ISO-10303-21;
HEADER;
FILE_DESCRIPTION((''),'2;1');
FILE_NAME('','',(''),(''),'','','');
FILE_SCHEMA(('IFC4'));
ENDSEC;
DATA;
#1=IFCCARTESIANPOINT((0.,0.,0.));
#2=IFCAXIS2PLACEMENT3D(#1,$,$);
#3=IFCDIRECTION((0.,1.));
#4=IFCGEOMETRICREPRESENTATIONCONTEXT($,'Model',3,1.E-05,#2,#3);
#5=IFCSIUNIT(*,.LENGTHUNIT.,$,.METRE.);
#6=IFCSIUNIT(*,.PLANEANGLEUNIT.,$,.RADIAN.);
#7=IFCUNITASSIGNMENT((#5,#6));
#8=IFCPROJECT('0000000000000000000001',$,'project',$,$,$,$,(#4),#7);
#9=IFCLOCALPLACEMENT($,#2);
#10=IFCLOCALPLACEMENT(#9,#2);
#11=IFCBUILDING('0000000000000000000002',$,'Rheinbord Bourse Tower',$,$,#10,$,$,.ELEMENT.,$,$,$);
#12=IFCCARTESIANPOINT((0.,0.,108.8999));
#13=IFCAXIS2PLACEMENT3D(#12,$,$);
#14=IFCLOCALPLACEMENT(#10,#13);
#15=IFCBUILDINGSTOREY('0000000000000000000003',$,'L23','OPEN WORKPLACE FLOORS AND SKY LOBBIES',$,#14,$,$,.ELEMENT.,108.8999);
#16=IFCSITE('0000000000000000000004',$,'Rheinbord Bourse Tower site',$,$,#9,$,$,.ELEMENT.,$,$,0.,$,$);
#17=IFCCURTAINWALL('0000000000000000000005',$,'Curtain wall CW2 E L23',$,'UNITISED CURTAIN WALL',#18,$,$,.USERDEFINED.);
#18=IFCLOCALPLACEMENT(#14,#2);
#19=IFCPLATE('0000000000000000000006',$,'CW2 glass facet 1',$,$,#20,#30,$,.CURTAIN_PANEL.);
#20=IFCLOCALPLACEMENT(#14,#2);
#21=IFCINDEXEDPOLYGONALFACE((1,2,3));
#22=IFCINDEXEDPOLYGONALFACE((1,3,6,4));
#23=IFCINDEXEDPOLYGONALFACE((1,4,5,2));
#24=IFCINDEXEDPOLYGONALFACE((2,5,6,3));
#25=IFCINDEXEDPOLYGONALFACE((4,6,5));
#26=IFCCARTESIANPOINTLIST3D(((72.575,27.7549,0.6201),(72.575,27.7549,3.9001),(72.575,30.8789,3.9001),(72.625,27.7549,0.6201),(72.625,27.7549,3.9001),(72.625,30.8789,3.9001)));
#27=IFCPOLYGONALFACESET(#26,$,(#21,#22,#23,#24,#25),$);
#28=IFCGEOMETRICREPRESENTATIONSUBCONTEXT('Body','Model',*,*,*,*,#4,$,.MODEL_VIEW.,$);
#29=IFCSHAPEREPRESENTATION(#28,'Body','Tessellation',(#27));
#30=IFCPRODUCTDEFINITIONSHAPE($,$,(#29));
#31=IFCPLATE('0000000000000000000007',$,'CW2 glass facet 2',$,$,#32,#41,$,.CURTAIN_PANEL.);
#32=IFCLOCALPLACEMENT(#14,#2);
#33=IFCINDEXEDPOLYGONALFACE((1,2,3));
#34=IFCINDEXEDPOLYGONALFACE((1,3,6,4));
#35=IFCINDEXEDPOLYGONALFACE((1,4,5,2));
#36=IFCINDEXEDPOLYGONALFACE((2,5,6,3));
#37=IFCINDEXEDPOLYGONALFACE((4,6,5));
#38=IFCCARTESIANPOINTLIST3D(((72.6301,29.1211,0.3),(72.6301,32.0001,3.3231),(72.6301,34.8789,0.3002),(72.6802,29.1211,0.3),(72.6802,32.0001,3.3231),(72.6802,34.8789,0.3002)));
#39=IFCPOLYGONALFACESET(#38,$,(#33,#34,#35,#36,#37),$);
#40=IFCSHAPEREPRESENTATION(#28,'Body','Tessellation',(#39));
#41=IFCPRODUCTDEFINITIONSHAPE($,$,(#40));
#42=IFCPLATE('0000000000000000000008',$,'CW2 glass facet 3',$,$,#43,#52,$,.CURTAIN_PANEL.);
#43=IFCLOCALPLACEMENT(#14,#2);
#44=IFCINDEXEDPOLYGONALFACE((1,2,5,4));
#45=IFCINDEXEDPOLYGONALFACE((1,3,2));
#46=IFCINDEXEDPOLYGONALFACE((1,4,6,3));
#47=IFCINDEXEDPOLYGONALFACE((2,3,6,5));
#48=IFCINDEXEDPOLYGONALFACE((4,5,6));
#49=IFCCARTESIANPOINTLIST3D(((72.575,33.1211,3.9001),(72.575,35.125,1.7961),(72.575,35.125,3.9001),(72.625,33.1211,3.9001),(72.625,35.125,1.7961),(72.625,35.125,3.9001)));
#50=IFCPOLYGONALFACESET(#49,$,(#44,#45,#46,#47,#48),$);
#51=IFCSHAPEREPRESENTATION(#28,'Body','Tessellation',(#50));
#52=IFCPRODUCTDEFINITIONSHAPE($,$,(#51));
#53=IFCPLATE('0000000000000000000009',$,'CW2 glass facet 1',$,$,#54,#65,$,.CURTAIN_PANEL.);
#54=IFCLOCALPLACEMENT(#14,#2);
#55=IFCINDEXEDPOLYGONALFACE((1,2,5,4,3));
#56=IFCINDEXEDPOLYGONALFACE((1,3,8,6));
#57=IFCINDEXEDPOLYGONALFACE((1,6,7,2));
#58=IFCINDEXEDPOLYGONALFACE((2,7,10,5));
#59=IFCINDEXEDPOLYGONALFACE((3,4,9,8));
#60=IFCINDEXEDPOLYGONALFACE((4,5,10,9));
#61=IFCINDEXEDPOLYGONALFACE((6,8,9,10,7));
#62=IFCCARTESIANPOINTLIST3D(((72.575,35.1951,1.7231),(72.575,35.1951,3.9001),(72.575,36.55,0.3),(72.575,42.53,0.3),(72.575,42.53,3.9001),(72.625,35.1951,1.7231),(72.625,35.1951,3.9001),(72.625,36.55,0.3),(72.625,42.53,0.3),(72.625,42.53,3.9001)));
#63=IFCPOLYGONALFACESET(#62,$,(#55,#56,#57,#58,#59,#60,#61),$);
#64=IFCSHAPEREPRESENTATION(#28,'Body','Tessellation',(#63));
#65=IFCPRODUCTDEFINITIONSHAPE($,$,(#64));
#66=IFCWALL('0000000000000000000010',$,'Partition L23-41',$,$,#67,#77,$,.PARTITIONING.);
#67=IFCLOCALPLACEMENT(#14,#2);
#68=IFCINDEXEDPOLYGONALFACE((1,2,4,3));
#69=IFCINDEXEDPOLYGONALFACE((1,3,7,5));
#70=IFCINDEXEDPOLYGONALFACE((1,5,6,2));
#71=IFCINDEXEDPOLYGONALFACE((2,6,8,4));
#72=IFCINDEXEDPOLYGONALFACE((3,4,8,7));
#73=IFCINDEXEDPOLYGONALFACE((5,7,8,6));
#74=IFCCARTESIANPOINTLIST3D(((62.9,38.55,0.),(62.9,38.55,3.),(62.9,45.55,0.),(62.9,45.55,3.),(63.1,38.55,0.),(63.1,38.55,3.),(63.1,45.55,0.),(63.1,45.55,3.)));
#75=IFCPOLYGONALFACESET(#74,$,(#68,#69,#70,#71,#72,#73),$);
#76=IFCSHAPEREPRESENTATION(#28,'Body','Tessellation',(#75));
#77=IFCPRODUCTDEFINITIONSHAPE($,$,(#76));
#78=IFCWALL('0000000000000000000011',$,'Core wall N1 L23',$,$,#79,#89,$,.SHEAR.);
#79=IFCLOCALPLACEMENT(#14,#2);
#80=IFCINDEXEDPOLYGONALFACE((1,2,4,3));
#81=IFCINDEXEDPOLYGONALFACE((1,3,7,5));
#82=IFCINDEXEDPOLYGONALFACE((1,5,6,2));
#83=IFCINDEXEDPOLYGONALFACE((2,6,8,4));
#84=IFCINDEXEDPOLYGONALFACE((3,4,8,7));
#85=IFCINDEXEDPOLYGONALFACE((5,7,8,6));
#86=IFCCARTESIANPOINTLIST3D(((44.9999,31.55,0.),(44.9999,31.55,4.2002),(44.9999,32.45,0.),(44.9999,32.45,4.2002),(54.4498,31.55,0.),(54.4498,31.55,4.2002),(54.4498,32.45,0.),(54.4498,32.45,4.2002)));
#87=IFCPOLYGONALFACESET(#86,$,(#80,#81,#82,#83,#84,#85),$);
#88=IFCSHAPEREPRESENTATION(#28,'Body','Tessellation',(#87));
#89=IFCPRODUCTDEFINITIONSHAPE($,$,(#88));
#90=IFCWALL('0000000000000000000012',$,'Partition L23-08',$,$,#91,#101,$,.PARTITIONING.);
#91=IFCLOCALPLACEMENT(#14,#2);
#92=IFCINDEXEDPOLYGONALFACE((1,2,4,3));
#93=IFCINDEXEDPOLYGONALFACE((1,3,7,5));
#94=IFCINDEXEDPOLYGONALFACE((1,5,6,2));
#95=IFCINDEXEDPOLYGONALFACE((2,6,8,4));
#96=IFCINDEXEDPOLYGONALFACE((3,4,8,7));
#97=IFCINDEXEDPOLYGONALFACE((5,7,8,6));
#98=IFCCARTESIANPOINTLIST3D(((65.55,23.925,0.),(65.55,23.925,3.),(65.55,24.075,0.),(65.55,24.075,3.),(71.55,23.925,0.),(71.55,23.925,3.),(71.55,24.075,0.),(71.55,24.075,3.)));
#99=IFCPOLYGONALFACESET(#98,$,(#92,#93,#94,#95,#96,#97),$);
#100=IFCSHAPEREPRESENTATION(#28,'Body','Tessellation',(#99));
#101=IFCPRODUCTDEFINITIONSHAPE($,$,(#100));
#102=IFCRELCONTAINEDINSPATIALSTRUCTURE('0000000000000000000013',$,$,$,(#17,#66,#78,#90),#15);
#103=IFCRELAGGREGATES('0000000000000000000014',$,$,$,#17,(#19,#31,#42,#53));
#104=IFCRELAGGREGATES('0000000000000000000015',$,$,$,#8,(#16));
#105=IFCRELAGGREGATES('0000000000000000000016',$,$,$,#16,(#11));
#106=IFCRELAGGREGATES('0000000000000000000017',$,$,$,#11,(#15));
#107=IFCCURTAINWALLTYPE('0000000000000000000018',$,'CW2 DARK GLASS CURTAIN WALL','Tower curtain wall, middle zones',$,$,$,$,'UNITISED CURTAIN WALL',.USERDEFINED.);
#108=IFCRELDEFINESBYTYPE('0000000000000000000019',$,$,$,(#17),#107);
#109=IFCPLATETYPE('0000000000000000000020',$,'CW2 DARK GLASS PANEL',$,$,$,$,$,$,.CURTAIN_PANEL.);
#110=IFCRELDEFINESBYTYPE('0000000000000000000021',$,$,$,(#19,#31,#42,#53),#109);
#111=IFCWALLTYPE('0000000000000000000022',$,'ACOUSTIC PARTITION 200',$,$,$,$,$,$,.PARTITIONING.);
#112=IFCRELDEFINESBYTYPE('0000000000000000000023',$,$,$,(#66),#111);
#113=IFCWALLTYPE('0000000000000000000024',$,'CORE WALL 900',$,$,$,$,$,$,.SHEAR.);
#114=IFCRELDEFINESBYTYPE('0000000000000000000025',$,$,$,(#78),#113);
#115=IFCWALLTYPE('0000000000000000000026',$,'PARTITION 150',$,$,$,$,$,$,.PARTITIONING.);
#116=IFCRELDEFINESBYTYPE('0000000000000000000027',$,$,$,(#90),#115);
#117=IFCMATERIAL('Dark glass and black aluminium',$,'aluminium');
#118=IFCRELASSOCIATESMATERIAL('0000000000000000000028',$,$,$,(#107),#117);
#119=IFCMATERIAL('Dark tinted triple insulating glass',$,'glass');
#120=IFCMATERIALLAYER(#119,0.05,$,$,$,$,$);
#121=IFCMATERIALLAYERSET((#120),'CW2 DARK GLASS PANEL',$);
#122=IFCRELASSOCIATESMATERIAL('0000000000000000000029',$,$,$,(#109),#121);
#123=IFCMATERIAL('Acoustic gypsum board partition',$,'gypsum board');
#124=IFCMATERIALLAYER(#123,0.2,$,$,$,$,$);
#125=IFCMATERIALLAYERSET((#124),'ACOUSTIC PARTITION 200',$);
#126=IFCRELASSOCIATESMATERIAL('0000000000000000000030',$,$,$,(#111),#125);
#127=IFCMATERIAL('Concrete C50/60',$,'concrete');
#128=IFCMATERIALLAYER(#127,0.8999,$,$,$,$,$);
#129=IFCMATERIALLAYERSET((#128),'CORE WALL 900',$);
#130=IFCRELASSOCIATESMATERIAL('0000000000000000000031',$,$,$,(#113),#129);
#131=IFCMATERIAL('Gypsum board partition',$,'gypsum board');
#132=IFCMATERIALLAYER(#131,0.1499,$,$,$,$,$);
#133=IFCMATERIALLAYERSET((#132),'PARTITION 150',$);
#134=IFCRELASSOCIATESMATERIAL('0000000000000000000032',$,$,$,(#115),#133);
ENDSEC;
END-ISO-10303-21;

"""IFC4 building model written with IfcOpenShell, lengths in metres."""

from ifc_helpers import new_model, si_unit, direction, frame, frame_2d, origin, place, context, subcontext, project, spatial, polyline, rectangle, outline, extrude, material, layer, layer_set, type_object, element, aggregate, save


model = new_model("IFC4")

# Units and contexts
model_context = context("Model", 3, precision=1e-05, world=origin(), true_north=direction((0.0, 1.0)))
body_context = subcontext(model_context, "Body", "Model", "MODEL_VIEW")
ifc_project = project(units=[si_unit("LENGTHUNIT", "METRE"), si_unit("PLANEANGLEUNIT", "RADIAN")], contexts=[model_context])

# Site, building, storey
site_placement = place(None, origin())
site = spatial("IfcSite", under=ifc_project, at=site_placement, Name="Rheinbord Bourse Tower site", CompositionType="ELEMENT", RefElevation=0.0)
building_placement = place(site_placement, origin())
building = spatial("IfcBuilding", under=site, at=building_placement, Name="Rheinbord Bourse Tower", CompositionType="ELEMENT")
storey_placement = place(building_placement, frame((0.0, 0.0, 108.8999)))
storey = spatial("IfcBuildingStorey", under=building, at=storey_placement, Name="L23", Description="OPEN WORKPLACE FLOORS AND SKY LOBBIES", CompositionType="ELEMENT", Elevation=108.8999)

# Curtain wall
ifc_material_1 = material(Name="Dark glass and black aluminium", Category="aluminium")
curtain_wall_type = type_object("IfcCurtainWallType", Name="CW2 DARK GLASS CURTAIN WALL", Description="Tower curtain wall, middle zones", ElementType="UNITISED CURTAIN WALL", PredefinedType="USERDEFINED", material=ifc_material_1)
curtain_wall_placement = place(storey_placement, origin())
curtain_wall = element("IfcCurtainWall", 1, at=curtain_wall_placement, inside=storey, type_object=curtain_wall_type, Name="Curtain wall CW2 E L23", ObjectType="UNITISED CURTAIN WALL", PredefinedType="USERDEFINED")

# Plates
ifc_material_2 = material(Name="Dark tinted triple insulating glass", Category="glass")
ifc_layer_1 = layer(ifc_material_2, 0.05)
ifc_layer_set_1 = layer_set([ifc_layer_1], Name="CW2 DARK GLASS PANEL")
plate_type = type_object("IfcPlateType", Name="CW2 DARK GLASS PANEL", PredefinedType="CURTAIN_PANEL", material=ifc_layer_set_1)
plate_1_placement = place(storey_placement, frame((72.625, 27.7549, 3.9001), z_axis=(-1.0, 0.0, 0.0), x_axis=(0.0, 1.0, 0.0)))
plate_1 = element("IfcPlate", 2, at=plate_1_placement, type_object=plate_type, Name="CW2 glass facet 1", PredefinedType="CURTAIN_PANEL", context=body_context, shape_type="SweptSolid", body=[
    extrude(outline(polyline([(0.0, 0.0), (3.124, 0.0), (0.0, 3.28), (0.0, 0.0)])), origin(), (0.0, 0.0, 1.0), 0.05),
])
plate_2_placement = place(storey_placement, frame((72.6802, 29.1211, 0.3), z_axis=(-1.0, 0.0, 0.0), x_axis=(0.0, 0.689643, 0.724149)))
plate_2 = element("IfcPlate", 3, at=plate_2_placement, type_object=plate_type, Name="CW2 glass facet 2", PredefinedType="CURTAIN_PANEL", context=body_context, shape_type="SweptSolid", body=[
    extrude(outline(polyline([(0.0, 0.0), (4.1746, 0.0), (3.9709, 4.1694), (0.0, 0.0)])), origin(), (0.0, 0.0, 1.0), 0.05),
])
plate_3_placement = place(storey_placement, frame((72.625, 35.125, 3.9001), z_axis=(-1.0, 0.0, 0.0), x_axis=(0.0, 0.0, -1.0)))
plate_3 = element("IfcPlate", 4, at=plate_3_placement, type_object=plate_type, Name="CW2 glass facet 3", PredefinedType="CURTAIN_PANEL", context=body_context, shape_type="SweptSolid", body=[
    extrude(outline(polyline([(0.0, 0.0), (2.104, 0.0), (0.0, 2.0039), (0.0, 0.0)])), origin(), (0.0, 0.0, 1.0), 0.05),
])
plate_4_placement = place(storey_placement, frame((72.625, 35.1951, 3.9001), z_axis=(-1.0, 0.0, 0.0), x_axis=(0.0, 1.0, 0.0)))
plate_4 = element("IfcPlate", 5, at=plate_4_placement, type_object=plate_type, Name="CW2 glass facet 1", PredefinedType="CURTAIN_PANEL", context=body_context, shape_type="SweptSolid", body=[
    extrude(outline(polyline([(0.0, 0.0), (7.335, 0.0), (7.335, 3.6001), (1.355, 3.6001), (0.0, 2.177), (0.0, 0.0)])), origin(), (0.0, 0.0, 1.0), 0.05),
])
aggregate(curtain_wall, [plate_1, plate_2, plate_3, plate_4])

# Walls
ifc_material_3 = material(Name="Acoustic gypsum board partition", Category="gypsum board")
ifc_layer_2 = layer(ifc_material_3, 0.2)
ifc_layer_set_2 = layer_set([ifc_layer_2], Name="ACOUSTIC PARTITION 200")
wall_type_1 = type_object("IfcWallType", Name="ACOUSTIC PARTITION 200", PredefinedType="PARTITIONING", material=ifc_layer_set_2)
wall_1_placement = place(storey_placement, frame((63.0, 38.55, 0.0), z_axis=(0.0, 0.0, 1.0), x_axis=(0.0, 1.0, 0.0)))
element("IfcWall", 6, at=wall_1_placement, inside=storey, type_object=wall_type_1, Name="Partition L23-41", PredefinedType="PARTITIONING", context=body_context, shape_type="SweptSolid", body=[
    extrude(rectangle(XDim=7.0, YDim=0.2, at=frame_2d((3.5, 0.0))), origin(), (0.0, 0.0, 1.0), 3.0),
])
ifc_material_4 = material(Name="Concrete C50/60", Category="concrete")
ifc_layer_3 = layer(ifc_material_4, 0.8999)
ifc_layer_set_3 = layer_set([ifc_layer_3], Name="CORE WALL 900")
wall_type_2 = type_object("IfcWallType", Name="CORE WALL 900", PredefinedType="SHEAR", material=ifc_layer_set_3)
wall_2_placement = place(storey_placement, frame((54.45, 32.0, 0.0), z_axis=(0.0, 0.0, 1.0), x_axis=(-1.0, 0.0, 0.0)))
element("IfcWall", 7, at=wall_2_placement, inside=storey, type_object=wall_type_2, Name="Core wall N1 L23", PredefinedType="SHEAR", context=body_context, shape_type="SweptSolid", body=[
    extrude(rectangle(XDim=9.45, YDim=0.8999, at=frame_2d((4.7251, 0.0))), origin(), (0.0, 0.0, 1.0), 4.2002),
])
ifc_material_5 = material(Name="Gypsum board partition", Category="gypsum board")
ifc_layer_4 = layer(ifc_material_5, 0.1499)
ifc_layer_set_4 = layer_set([ifc_layer_4], Name="PARTITION 150")
wall_type_3 = type_object("IfcWallType", Name="PARTITION 150", PredefinedType="PARTITIONING", material=ifc_layer_set_4)
wall_3_placement = place(storey_placement, frame((65.55, 24.0, 0.0), z_axis=(0.0, 0.0, 1.0), x_axis=(1.0, 0.0, 0.0)))
element("IfcWall", 8, at=wall_3_placement, inside=storey, type_object=wall_type_3, Name="Partition L23-08", PredefinedType="PARTITIONING", context=body_context, shape_type="SweptSolid", body=[
    extrude(rectangle(XDim=6.0, YDim=0.1499, at=frame_2d((3.0, 0.0))), origin(), (0.0, 0.0, 1.0), 3.0),
])

save(model, "model.ifc")
